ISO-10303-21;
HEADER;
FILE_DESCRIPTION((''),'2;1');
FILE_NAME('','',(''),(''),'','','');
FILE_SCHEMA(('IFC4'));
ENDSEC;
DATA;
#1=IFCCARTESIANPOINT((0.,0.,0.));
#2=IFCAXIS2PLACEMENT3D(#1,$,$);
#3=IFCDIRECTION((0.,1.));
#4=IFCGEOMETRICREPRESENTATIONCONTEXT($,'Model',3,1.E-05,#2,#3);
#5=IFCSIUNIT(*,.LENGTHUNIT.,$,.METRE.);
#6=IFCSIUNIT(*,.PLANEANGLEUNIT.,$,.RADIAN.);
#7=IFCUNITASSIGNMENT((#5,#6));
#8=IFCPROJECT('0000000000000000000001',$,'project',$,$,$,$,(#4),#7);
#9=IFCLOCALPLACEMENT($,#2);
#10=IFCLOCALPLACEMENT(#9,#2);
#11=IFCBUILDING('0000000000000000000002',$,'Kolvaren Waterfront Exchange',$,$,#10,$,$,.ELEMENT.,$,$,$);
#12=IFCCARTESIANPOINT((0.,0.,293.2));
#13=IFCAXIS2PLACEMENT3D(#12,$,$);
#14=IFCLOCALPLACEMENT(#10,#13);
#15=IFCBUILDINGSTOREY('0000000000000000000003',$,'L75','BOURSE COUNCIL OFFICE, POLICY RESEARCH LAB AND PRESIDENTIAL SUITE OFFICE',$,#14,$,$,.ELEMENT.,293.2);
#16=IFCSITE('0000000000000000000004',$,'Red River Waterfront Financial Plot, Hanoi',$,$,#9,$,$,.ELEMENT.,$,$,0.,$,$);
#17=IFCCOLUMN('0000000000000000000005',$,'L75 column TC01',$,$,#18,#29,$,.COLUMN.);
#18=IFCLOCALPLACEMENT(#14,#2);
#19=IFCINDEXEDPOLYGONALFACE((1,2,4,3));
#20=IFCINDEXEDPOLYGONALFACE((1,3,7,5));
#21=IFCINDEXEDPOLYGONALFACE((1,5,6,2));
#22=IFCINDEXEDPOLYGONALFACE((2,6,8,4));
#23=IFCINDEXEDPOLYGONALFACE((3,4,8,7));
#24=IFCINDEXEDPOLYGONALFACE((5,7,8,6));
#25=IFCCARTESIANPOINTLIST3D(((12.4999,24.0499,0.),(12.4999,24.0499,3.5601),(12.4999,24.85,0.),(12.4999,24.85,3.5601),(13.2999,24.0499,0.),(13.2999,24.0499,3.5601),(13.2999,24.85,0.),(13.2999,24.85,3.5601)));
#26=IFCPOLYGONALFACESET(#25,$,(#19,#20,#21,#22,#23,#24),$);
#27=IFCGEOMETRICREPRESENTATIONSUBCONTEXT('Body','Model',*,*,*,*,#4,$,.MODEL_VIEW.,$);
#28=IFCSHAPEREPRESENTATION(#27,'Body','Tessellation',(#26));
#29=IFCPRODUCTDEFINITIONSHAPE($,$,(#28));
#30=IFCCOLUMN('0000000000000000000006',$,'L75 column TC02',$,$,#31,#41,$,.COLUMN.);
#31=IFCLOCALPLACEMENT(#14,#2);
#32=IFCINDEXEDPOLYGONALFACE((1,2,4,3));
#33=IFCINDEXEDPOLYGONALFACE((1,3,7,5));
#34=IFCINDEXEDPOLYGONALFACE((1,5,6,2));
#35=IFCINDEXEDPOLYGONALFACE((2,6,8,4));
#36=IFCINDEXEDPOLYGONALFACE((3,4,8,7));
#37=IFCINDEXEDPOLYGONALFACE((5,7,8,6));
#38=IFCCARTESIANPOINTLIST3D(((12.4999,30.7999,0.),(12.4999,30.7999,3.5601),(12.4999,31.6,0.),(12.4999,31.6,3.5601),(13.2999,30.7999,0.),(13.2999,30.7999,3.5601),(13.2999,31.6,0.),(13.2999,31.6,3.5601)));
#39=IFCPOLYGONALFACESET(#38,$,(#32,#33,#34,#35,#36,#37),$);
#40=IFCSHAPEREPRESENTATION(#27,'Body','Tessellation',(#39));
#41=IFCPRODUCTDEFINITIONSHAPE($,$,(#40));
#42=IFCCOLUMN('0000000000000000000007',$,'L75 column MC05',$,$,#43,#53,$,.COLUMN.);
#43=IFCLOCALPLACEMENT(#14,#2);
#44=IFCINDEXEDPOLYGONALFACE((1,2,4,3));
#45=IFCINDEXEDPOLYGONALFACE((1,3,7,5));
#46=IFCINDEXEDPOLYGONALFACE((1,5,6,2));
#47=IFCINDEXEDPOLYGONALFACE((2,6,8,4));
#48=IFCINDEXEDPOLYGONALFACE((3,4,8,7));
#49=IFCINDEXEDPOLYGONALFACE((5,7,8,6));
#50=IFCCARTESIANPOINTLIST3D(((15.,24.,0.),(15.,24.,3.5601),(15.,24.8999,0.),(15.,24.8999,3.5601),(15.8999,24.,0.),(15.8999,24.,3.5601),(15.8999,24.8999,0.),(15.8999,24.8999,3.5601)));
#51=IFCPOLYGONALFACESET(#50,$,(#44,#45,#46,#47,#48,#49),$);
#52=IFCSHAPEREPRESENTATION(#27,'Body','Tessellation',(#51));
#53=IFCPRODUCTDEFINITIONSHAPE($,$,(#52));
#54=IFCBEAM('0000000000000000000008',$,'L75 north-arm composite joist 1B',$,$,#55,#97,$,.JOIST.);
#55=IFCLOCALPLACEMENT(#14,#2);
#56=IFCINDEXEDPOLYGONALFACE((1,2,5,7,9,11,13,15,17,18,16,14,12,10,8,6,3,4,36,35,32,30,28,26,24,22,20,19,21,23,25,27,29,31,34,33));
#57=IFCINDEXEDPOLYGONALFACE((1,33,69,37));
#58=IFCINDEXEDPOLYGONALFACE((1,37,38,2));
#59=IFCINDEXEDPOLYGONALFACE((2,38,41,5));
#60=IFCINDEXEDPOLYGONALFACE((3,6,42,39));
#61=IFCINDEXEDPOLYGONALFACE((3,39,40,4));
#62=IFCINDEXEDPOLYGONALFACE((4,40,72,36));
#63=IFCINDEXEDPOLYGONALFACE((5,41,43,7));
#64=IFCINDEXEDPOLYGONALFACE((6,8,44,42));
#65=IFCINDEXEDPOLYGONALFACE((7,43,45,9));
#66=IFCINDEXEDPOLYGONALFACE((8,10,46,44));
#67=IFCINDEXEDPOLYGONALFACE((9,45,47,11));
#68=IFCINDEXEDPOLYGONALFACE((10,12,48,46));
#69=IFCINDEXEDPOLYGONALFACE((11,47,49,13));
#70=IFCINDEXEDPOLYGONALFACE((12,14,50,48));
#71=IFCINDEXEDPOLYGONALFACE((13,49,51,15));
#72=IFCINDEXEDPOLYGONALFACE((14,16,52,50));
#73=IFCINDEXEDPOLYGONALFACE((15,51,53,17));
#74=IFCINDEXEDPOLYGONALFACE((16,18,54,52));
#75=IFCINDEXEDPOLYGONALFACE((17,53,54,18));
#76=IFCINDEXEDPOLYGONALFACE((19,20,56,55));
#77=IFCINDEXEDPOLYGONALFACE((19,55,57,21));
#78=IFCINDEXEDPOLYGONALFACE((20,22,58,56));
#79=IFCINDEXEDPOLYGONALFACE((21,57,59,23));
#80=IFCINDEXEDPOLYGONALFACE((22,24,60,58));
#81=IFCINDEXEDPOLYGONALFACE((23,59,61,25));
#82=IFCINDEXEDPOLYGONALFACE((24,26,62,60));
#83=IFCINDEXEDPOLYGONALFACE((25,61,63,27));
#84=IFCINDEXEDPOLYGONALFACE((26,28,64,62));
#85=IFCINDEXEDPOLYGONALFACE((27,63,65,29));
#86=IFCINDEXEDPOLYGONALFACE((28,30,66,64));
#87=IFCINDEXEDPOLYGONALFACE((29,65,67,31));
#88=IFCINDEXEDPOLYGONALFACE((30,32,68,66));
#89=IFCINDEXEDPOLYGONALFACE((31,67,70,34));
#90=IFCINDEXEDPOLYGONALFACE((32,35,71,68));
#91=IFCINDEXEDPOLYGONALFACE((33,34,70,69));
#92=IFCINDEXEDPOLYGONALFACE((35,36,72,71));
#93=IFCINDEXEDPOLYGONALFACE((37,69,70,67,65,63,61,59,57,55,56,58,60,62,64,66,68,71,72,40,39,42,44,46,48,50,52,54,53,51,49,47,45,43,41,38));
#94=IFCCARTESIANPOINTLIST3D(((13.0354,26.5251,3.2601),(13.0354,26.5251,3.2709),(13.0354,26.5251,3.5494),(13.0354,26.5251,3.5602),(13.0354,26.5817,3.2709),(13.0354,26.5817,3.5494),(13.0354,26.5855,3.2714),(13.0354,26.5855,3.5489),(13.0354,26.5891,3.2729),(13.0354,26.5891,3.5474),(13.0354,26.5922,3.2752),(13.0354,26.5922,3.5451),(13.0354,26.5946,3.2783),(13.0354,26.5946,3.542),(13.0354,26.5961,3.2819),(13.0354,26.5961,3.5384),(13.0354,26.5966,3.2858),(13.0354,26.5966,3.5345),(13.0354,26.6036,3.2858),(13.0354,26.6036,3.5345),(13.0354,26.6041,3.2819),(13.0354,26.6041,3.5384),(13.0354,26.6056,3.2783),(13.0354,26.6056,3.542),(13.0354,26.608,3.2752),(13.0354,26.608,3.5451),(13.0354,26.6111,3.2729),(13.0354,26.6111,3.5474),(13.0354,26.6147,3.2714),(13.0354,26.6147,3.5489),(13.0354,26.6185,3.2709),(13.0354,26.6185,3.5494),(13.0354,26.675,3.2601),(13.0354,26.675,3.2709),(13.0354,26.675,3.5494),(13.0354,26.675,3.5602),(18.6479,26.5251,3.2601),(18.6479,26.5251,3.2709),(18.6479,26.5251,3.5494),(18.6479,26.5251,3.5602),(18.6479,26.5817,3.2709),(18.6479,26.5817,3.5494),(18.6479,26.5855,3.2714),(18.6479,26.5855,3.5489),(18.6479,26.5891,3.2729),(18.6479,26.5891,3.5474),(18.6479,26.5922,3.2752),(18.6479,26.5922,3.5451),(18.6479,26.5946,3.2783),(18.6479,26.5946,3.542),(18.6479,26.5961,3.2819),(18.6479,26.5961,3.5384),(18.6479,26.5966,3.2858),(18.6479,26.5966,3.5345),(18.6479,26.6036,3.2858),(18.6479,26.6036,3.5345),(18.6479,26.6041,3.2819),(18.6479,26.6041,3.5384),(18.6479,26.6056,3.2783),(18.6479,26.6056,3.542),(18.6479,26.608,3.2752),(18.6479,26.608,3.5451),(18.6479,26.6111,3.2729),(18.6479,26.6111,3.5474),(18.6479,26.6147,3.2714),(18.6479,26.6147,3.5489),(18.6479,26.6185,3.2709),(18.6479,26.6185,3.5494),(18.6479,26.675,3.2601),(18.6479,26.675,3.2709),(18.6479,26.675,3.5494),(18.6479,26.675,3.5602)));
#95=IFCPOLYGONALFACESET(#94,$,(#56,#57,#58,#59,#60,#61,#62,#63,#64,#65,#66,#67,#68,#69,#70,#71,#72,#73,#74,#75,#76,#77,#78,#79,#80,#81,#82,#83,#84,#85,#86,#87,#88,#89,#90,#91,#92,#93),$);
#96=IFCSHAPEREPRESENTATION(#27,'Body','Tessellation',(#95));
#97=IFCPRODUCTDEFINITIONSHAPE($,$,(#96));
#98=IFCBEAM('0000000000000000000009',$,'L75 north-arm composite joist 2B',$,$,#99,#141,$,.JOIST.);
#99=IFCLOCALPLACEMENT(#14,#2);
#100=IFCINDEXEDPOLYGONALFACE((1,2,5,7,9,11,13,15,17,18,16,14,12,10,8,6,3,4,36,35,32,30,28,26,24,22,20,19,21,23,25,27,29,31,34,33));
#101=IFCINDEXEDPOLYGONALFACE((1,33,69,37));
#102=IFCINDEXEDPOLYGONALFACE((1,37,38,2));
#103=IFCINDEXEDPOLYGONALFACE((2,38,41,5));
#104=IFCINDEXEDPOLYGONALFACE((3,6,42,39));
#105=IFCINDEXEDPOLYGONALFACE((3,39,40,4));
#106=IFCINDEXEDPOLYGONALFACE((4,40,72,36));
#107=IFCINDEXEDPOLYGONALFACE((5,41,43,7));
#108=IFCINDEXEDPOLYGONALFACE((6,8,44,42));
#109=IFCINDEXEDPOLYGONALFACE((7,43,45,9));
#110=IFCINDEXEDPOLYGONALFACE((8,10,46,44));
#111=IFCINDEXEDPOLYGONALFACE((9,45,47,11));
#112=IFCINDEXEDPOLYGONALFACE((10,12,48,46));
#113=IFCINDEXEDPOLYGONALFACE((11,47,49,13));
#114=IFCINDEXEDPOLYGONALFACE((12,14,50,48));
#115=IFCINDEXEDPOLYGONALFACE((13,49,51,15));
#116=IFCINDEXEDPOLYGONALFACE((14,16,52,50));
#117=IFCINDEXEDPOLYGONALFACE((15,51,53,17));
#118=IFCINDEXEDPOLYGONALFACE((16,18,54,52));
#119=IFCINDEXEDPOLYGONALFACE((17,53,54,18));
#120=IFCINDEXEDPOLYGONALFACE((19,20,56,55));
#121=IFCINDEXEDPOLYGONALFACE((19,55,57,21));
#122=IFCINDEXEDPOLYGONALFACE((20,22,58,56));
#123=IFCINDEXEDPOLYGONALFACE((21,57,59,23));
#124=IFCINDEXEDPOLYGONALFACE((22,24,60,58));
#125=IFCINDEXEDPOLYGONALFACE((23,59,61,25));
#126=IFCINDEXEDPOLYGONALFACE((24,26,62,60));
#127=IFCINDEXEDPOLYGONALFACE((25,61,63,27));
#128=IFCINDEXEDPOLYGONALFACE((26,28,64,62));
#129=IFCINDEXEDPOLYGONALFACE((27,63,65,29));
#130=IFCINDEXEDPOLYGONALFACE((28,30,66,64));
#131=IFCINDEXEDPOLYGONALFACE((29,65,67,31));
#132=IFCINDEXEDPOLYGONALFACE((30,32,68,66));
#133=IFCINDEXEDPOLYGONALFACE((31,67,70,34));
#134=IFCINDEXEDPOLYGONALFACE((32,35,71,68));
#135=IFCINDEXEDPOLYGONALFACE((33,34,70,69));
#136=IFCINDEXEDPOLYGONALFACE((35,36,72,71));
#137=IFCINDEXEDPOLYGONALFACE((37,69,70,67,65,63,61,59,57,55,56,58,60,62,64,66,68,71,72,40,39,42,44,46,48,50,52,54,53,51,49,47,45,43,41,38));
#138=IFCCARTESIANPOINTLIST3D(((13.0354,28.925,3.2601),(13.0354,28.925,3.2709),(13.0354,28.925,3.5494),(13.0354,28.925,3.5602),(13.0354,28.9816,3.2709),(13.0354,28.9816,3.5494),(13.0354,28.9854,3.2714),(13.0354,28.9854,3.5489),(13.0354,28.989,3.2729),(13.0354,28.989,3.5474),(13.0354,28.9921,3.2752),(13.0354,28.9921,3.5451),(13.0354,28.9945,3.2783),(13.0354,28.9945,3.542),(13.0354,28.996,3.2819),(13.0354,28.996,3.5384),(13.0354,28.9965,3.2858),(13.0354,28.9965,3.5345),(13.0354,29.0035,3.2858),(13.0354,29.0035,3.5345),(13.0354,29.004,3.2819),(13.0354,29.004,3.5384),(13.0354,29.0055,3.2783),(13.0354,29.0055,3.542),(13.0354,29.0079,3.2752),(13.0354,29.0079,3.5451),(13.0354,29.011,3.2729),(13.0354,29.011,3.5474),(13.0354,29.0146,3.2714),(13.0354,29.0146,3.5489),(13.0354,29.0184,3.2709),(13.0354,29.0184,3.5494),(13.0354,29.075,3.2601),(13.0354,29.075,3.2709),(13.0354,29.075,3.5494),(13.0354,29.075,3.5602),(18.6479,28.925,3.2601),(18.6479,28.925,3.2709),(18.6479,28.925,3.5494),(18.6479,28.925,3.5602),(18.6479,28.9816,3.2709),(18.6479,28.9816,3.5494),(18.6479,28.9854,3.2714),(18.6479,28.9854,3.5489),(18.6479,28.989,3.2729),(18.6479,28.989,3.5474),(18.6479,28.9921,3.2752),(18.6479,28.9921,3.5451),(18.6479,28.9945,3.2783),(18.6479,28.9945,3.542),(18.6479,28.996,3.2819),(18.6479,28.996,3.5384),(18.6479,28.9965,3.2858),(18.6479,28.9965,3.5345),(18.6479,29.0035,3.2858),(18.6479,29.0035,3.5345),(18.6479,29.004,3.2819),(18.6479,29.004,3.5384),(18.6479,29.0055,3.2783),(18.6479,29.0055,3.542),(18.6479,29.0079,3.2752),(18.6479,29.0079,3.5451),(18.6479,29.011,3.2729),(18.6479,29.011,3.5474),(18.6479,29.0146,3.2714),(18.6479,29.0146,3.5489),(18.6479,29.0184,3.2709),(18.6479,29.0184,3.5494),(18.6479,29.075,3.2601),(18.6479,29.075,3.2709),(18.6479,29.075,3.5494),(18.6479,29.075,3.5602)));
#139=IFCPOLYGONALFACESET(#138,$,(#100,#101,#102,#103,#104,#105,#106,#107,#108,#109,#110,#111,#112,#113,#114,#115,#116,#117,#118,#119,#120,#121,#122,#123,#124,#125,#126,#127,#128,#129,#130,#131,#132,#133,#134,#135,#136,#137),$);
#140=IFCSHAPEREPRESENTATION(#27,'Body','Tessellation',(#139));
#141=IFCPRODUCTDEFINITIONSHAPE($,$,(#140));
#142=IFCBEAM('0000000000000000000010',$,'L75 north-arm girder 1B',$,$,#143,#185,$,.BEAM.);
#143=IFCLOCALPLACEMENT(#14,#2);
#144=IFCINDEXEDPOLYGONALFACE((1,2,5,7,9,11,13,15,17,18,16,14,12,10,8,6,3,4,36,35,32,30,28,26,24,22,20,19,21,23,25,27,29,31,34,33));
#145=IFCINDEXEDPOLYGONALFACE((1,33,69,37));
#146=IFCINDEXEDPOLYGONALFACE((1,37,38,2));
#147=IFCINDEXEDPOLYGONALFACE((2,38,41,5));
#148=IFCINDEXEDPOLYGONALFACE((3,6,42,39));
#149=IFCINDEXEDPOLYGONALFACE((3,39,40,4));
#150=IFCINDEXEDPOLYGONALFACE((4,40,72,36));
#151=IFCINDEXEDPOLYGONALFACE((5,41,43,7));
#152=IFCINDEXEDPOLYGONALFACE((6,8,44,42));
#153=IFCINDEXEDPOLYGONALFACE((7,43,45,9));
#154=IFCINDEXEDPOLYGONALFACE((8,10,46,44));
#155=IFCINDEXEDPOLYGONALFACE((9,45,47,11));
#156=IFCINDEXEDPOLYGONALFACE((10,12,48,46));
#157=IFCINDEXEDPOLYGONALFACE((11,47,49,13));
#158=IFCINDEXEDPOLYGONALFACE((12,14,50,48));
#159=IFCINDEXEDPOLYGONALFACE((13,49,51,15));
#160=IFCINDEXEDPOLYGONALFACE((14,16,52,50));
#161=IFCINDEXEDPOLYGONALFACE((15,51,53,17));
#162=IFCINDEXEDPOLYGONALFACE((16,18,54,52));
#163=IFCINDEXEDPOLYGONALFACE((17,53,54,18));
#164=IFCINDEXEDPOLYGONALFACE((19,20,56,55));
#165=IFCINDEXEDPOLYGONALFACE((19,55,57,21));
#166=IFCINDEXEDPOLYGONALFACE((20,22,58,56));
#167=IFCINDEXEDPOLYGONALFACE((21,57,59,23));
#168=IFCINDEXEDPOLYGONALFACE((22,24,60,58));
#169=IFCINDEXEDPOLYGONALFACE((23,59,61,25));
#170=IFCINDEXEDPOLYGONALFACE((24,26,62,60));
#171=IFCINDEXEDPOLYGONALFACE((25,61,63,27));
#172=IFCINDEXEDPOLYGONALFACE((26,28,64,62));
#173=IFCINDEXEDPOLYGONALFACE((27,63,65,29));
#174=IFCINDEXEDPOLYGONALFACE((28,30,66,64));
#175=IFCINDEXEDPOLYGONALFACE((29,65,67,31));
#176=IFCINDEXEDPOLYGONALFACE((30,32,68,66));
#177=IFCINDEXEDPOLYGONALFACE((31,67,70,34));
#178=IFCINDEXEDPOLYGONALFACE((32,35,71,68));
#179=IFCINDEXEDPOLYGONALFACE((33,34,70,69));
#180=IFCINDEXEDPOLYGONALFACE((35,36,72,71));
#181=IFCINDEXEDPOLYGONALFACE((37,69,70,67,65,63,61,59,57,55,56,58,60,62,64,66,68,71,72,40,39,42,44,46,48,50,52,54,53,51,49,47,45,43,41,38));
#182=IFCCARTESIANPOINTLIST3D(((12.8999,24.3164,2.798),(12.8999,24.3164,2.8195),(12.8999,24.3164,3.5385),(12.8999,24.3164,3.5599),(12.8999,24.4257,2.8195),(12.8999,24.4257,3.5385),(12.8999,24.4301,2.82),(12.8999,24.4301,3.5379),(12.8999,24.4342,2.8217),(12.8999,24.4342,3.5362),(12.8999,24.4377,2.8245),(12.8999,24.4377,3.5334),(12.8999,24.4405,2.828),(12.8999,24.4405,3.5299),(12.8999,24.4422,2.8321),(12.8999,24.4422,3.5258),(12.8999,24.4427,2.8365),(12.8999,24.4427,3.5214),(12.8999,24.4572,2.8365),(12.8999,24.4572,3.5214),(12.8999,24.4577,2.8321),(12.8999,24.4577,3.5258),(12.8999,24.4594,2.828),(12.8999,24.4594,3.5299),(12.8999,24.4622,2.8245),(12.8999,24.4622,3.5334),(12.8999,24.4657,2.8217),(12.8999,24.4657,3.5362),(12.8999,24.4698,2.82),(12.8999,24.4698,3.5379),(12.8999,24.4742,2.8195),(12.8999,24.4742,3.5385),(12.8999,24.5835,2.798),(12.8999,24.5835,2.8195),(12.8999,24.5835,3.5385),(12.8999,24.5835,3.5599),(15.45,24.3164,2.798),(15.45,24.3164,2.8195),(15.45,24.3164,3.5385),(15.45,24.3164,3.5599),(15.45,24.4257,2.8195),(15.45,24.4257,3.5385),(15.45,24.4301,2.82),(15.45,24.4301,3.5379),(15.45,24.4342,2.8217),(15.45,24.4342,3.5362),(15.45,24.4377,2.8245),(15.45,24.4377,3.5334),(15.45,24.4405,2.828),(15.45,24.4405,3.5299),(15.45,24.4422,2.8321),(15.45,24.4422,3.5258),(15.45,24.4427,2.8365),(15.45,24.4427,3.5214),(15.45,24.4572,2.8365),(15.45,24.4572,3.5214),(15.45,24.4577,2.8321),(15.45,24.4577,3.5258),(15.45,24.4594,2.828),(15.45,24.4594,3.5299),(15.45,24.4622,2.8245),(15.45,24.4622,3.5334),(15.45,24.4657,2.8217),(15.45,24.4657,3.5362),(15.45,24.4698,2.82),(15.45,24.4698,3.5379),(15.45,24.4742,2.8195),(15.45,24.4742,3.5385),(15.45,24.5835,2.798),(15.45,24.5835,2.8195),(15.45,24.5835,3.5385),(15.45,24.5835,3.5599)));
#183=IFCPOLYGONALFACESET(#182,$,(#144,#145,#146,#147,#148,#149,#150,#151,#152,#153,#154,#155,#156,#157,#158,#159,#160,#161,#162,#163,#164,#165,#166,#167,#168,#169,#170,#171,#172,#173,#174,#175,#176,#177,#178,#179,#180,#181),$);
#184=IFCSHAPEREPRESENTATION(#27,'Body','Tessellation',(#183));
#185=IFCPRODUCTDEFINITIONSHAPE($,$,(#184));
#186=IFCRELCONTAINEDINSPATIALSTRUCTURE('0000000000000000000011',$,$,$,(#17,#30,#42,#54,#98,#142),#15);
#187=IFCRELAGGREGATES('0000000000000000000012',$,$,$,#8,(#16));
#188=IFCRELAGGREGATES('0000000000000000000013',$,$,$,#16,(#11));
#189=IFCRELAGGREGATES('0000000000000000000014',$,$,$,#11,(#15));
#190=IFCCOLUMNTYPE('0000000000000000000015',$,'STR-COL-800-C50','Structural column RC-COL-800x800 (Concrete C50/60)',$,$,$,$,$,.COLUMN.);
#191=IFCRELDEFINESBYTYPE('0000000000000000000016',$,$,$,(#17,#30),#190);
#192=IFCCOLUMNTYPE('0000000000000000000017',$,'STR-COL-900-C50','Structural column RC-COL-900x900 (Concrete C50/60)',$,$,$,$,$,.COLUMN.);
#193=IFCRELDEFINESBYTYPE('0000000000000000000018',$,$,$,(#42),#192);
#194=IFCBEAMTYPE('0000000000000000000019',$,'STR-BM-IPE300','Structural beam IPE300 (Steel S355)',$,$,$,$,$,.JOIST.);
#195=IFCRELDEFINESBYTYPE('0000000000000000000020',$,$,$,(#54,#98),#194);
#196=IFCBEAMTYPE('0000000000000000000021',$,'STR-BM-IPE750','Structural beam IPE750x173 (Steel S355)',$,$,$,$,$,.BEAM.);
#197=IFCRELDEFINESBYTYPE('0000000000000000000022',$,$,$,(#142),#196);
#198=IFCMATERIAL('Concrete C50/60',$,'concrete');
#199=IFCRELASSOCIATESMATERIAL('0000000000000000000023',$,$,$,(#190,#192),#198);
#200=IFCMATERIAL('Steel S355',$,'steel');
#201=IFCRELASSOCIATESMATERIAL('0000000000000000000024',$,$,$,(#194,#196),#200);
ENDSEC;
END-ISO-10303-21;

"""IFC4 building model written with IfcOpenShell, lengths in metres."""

from ifc_helpers import new_model, si_unit, direction, frame, origin, origin_2d, place, context, subcontext, project, spatial, rectangle, i_section, extrude, material, material_profile, profile_set, type_object, element, save


model = new_model("IFC4")

# Units and contexts
model_context = context("Model", 3, precision=1e-05, world=origin(), true_north=direction((0.0, 1.0)))
body_context = subcontext(model_context, "Body", "Model", "MODEL_VIEW")
ifc_project = project(units=[si_unit("LENGTHUNIT", "METRE"), si_unit("PLANEANGLEUNIT", "RADIAN")], contexts=[model_context])

# Site, building, storey
site_placement = place(None, origin())
site = spatial("IfcSite", under=ifc_project, at=site_placement, Name="Red River Waterfront Financial Plot, Hanoi", CompositionType="ELEMENT", RefElevation=0.0)
building_placement = place(site_placement, origin())
building = spatial("IfcBuilding", under=site, at=building_placement, Name="Kolvaren Waterfront Exchange", CompositionType="ELEMENT")
storey_placement = place(building_placement, frame((0.0, 0.0, 293.2)))
storey = spatial("IfcBuildingStorey", under=building, at=storey_placement, Name="L75", Description="BOURSE COUNCIL OFFICE, POLICY RESEARCH LAB AND PRESIDENTIAL SUITE OFFICE", CompositionType="ELEMENT", Elevation=293.2)

# Columns
ifc_material_1 = material(Name="Concrete C50/60", Category="concrete")
ifc_material_profile_1 = material_profile(ifc_material_1, rectangle(XDim=0.8, YDim=0.8, at=origin_2d()), Name="RC-COL-800x800")
ifc_profile_set_1 = profile_set([ifc_material_profile_1], Name="Concrete C50/60")
column_type_1 = type_object("IfcColumnType", Name="STR-COL-800-C50", Description="Structural column RC-COL-800x800 (Concrete C50/60)", PredefinedType="COLUMN", material=ifc_profile_set_1)
for number, where, z_axis, x_axis, name in (
    (1, (12.8999, 24.45, 0.0), (0.0, 0.0, 1.0), (1.0, 0.0, 0.0), "L75 column TC01"),
    (2, (12.8999, 31.2, 0.0), (0.0, 0.0, 1.0), (1.0, 0.0, 0.0), "L75 column TC02"),
):
    element("IfcColumn", number, at=place(storey_placement, frame(where, z_axis=z_axis, x_axis=x_axis)), inside=storey, type_object=column_type_1, Name=name, PredefinedType="COLUMN", context=body_context, shape_type="SweptSolid", body=[
        extrude(rectangle(XDim=0.8, YDim=0.8, at=origin_2d()), origin(), (0.0, 0.0, 1.0), 3.5601),
    ])
ifc_material_profile_2 = material_profile(ifc_material_1, rectangle(XDim=0.8999, YDim=0.8999, at=origin_2d()), Name="RC-COL-900x900")
ifc_profile_set_2 = profile_set([ifc_material_profile_2], Name="Concrete C50/60")
column_type_2 = type_object("IfcColumnType", Name="STR-COL-900-C50", Description="Structural column RC-COL-900x900 (Concrete C50/60)", PredefinedType="COLUMN", material=ifc_profile_set_2)
column_placement = place(storey_placement, frame((15.45, 24.45, 0.0), z_axis=(0.0, 0.0, 1.0), x_axis=(1.0, 0.0, 0.0)))
element("IfcColumn", 3, at=column_placement, inside=storey, type_object=column_type_2, Name="L75 column MC05", PredefinedType="COLUMN", context=body_context, shape_type="SweptSolid", body=[
    extrude(rectangle(XDim=0.8999, YDim=0.8999, at=origin_2d()), origin(), (0.0, 0.0, 1.0), 3.5601),
])

# Beams
ifc_material_2 = material(Name="Steel S355", Category="steel")
ifc_material_profile_3 = material_profile(ifc_material_2, i_section(OverallWidth=0.1499, OverallDepth=0.3, WebThickness=0.0071, FlangeThickness=0.0107, FilletRadius=0.0149, at=origin_2d()), Name="IPE300")
ifc_profile_set_3 = profile_set([ifc_material_profile_3], Name="Steel S355")
beam_type_1 = type_object("IfcBeamType", Name="STR-BM-IPE300", Description="Structural beam IPE300 (Steel S355)", PredefinedType="JOIST", material=ifc_profile_set_3)
for number, where, z_axis, x_axis, name in (
    (4, (13.0354, 26.6001, 3.4102), (1.0, 0.0, 0.0), (0.0, 1.0, 0.0), "L75 north-arm composite joist 1B"),
    (5, (13.0354, 29.0, 3.4102), (1.0, 0.0, 0.0), (0.0, 1.0, 0.0), "L75 north-arm composite joist 2B"),
):
    element("IfcBeam", number, at=place(storey_placement, frame(where, z_axis=z_axis, x_axis=x_axis)), inside=storey, type_object=beam_type_1, Name=name, PredefinedType="JOIST", context=body_context, shape_type="SweptSolid", body=[
        extrude(i_section(OverallWidth=0.1499, OverallDepth=0.3, WebThickness=0.0071, FlangeThickness=0.0107, FilletRadius=0.0149, at=origin_2d()), origin(), (0.0, 0.0, 1.0), 5.6125),
    ])
ifc_material_profile_4 = material_profile(ifc_material_2, i_section(OverallWidth=0.2671, OverallDepth=0.762, WebThickness=0.0144, FlangeThickness=0.0215, FilletRadius=0.0171, at=origin_2d()), Name="IPE750x173")
ifc_profile_set_4 = profile_set([ifc_material_profile_4], Name="Steel S355")
beam_type_2 = type_object("IfcBeamType", Name="STR-BM-IPE750", Description="Structural beam IPE750x173 (Steel S355)", PredefinedType="BEAM", material=ifc_profile_set_4)
beam_1_placement = place(storey_placement, frame((12.8999, 24.45, 3.179), z_axis=(1.0, 0.0, 0.0), x_axis=(0.0, 1.0, 0.0)))
element("IfcBeam", 6, at=beam_1_placement, inside=storey, type_object=beam_type_2, Name="L75 north-arm girder 1B", PredefinedType="BEAM", context=body_context, shape_type="SweptSolid", body=[
    extrude(i_section(OverallWidth=0.2671, OverallDepth=0.762, WebThickness=0.0144, FlangeThickness=0.0215, FilletRadius=0.0171, at=origin_2d()), origin(), (0.0, 0.0, 1.0), 2.55),
])

save(model, "model.ifc")
